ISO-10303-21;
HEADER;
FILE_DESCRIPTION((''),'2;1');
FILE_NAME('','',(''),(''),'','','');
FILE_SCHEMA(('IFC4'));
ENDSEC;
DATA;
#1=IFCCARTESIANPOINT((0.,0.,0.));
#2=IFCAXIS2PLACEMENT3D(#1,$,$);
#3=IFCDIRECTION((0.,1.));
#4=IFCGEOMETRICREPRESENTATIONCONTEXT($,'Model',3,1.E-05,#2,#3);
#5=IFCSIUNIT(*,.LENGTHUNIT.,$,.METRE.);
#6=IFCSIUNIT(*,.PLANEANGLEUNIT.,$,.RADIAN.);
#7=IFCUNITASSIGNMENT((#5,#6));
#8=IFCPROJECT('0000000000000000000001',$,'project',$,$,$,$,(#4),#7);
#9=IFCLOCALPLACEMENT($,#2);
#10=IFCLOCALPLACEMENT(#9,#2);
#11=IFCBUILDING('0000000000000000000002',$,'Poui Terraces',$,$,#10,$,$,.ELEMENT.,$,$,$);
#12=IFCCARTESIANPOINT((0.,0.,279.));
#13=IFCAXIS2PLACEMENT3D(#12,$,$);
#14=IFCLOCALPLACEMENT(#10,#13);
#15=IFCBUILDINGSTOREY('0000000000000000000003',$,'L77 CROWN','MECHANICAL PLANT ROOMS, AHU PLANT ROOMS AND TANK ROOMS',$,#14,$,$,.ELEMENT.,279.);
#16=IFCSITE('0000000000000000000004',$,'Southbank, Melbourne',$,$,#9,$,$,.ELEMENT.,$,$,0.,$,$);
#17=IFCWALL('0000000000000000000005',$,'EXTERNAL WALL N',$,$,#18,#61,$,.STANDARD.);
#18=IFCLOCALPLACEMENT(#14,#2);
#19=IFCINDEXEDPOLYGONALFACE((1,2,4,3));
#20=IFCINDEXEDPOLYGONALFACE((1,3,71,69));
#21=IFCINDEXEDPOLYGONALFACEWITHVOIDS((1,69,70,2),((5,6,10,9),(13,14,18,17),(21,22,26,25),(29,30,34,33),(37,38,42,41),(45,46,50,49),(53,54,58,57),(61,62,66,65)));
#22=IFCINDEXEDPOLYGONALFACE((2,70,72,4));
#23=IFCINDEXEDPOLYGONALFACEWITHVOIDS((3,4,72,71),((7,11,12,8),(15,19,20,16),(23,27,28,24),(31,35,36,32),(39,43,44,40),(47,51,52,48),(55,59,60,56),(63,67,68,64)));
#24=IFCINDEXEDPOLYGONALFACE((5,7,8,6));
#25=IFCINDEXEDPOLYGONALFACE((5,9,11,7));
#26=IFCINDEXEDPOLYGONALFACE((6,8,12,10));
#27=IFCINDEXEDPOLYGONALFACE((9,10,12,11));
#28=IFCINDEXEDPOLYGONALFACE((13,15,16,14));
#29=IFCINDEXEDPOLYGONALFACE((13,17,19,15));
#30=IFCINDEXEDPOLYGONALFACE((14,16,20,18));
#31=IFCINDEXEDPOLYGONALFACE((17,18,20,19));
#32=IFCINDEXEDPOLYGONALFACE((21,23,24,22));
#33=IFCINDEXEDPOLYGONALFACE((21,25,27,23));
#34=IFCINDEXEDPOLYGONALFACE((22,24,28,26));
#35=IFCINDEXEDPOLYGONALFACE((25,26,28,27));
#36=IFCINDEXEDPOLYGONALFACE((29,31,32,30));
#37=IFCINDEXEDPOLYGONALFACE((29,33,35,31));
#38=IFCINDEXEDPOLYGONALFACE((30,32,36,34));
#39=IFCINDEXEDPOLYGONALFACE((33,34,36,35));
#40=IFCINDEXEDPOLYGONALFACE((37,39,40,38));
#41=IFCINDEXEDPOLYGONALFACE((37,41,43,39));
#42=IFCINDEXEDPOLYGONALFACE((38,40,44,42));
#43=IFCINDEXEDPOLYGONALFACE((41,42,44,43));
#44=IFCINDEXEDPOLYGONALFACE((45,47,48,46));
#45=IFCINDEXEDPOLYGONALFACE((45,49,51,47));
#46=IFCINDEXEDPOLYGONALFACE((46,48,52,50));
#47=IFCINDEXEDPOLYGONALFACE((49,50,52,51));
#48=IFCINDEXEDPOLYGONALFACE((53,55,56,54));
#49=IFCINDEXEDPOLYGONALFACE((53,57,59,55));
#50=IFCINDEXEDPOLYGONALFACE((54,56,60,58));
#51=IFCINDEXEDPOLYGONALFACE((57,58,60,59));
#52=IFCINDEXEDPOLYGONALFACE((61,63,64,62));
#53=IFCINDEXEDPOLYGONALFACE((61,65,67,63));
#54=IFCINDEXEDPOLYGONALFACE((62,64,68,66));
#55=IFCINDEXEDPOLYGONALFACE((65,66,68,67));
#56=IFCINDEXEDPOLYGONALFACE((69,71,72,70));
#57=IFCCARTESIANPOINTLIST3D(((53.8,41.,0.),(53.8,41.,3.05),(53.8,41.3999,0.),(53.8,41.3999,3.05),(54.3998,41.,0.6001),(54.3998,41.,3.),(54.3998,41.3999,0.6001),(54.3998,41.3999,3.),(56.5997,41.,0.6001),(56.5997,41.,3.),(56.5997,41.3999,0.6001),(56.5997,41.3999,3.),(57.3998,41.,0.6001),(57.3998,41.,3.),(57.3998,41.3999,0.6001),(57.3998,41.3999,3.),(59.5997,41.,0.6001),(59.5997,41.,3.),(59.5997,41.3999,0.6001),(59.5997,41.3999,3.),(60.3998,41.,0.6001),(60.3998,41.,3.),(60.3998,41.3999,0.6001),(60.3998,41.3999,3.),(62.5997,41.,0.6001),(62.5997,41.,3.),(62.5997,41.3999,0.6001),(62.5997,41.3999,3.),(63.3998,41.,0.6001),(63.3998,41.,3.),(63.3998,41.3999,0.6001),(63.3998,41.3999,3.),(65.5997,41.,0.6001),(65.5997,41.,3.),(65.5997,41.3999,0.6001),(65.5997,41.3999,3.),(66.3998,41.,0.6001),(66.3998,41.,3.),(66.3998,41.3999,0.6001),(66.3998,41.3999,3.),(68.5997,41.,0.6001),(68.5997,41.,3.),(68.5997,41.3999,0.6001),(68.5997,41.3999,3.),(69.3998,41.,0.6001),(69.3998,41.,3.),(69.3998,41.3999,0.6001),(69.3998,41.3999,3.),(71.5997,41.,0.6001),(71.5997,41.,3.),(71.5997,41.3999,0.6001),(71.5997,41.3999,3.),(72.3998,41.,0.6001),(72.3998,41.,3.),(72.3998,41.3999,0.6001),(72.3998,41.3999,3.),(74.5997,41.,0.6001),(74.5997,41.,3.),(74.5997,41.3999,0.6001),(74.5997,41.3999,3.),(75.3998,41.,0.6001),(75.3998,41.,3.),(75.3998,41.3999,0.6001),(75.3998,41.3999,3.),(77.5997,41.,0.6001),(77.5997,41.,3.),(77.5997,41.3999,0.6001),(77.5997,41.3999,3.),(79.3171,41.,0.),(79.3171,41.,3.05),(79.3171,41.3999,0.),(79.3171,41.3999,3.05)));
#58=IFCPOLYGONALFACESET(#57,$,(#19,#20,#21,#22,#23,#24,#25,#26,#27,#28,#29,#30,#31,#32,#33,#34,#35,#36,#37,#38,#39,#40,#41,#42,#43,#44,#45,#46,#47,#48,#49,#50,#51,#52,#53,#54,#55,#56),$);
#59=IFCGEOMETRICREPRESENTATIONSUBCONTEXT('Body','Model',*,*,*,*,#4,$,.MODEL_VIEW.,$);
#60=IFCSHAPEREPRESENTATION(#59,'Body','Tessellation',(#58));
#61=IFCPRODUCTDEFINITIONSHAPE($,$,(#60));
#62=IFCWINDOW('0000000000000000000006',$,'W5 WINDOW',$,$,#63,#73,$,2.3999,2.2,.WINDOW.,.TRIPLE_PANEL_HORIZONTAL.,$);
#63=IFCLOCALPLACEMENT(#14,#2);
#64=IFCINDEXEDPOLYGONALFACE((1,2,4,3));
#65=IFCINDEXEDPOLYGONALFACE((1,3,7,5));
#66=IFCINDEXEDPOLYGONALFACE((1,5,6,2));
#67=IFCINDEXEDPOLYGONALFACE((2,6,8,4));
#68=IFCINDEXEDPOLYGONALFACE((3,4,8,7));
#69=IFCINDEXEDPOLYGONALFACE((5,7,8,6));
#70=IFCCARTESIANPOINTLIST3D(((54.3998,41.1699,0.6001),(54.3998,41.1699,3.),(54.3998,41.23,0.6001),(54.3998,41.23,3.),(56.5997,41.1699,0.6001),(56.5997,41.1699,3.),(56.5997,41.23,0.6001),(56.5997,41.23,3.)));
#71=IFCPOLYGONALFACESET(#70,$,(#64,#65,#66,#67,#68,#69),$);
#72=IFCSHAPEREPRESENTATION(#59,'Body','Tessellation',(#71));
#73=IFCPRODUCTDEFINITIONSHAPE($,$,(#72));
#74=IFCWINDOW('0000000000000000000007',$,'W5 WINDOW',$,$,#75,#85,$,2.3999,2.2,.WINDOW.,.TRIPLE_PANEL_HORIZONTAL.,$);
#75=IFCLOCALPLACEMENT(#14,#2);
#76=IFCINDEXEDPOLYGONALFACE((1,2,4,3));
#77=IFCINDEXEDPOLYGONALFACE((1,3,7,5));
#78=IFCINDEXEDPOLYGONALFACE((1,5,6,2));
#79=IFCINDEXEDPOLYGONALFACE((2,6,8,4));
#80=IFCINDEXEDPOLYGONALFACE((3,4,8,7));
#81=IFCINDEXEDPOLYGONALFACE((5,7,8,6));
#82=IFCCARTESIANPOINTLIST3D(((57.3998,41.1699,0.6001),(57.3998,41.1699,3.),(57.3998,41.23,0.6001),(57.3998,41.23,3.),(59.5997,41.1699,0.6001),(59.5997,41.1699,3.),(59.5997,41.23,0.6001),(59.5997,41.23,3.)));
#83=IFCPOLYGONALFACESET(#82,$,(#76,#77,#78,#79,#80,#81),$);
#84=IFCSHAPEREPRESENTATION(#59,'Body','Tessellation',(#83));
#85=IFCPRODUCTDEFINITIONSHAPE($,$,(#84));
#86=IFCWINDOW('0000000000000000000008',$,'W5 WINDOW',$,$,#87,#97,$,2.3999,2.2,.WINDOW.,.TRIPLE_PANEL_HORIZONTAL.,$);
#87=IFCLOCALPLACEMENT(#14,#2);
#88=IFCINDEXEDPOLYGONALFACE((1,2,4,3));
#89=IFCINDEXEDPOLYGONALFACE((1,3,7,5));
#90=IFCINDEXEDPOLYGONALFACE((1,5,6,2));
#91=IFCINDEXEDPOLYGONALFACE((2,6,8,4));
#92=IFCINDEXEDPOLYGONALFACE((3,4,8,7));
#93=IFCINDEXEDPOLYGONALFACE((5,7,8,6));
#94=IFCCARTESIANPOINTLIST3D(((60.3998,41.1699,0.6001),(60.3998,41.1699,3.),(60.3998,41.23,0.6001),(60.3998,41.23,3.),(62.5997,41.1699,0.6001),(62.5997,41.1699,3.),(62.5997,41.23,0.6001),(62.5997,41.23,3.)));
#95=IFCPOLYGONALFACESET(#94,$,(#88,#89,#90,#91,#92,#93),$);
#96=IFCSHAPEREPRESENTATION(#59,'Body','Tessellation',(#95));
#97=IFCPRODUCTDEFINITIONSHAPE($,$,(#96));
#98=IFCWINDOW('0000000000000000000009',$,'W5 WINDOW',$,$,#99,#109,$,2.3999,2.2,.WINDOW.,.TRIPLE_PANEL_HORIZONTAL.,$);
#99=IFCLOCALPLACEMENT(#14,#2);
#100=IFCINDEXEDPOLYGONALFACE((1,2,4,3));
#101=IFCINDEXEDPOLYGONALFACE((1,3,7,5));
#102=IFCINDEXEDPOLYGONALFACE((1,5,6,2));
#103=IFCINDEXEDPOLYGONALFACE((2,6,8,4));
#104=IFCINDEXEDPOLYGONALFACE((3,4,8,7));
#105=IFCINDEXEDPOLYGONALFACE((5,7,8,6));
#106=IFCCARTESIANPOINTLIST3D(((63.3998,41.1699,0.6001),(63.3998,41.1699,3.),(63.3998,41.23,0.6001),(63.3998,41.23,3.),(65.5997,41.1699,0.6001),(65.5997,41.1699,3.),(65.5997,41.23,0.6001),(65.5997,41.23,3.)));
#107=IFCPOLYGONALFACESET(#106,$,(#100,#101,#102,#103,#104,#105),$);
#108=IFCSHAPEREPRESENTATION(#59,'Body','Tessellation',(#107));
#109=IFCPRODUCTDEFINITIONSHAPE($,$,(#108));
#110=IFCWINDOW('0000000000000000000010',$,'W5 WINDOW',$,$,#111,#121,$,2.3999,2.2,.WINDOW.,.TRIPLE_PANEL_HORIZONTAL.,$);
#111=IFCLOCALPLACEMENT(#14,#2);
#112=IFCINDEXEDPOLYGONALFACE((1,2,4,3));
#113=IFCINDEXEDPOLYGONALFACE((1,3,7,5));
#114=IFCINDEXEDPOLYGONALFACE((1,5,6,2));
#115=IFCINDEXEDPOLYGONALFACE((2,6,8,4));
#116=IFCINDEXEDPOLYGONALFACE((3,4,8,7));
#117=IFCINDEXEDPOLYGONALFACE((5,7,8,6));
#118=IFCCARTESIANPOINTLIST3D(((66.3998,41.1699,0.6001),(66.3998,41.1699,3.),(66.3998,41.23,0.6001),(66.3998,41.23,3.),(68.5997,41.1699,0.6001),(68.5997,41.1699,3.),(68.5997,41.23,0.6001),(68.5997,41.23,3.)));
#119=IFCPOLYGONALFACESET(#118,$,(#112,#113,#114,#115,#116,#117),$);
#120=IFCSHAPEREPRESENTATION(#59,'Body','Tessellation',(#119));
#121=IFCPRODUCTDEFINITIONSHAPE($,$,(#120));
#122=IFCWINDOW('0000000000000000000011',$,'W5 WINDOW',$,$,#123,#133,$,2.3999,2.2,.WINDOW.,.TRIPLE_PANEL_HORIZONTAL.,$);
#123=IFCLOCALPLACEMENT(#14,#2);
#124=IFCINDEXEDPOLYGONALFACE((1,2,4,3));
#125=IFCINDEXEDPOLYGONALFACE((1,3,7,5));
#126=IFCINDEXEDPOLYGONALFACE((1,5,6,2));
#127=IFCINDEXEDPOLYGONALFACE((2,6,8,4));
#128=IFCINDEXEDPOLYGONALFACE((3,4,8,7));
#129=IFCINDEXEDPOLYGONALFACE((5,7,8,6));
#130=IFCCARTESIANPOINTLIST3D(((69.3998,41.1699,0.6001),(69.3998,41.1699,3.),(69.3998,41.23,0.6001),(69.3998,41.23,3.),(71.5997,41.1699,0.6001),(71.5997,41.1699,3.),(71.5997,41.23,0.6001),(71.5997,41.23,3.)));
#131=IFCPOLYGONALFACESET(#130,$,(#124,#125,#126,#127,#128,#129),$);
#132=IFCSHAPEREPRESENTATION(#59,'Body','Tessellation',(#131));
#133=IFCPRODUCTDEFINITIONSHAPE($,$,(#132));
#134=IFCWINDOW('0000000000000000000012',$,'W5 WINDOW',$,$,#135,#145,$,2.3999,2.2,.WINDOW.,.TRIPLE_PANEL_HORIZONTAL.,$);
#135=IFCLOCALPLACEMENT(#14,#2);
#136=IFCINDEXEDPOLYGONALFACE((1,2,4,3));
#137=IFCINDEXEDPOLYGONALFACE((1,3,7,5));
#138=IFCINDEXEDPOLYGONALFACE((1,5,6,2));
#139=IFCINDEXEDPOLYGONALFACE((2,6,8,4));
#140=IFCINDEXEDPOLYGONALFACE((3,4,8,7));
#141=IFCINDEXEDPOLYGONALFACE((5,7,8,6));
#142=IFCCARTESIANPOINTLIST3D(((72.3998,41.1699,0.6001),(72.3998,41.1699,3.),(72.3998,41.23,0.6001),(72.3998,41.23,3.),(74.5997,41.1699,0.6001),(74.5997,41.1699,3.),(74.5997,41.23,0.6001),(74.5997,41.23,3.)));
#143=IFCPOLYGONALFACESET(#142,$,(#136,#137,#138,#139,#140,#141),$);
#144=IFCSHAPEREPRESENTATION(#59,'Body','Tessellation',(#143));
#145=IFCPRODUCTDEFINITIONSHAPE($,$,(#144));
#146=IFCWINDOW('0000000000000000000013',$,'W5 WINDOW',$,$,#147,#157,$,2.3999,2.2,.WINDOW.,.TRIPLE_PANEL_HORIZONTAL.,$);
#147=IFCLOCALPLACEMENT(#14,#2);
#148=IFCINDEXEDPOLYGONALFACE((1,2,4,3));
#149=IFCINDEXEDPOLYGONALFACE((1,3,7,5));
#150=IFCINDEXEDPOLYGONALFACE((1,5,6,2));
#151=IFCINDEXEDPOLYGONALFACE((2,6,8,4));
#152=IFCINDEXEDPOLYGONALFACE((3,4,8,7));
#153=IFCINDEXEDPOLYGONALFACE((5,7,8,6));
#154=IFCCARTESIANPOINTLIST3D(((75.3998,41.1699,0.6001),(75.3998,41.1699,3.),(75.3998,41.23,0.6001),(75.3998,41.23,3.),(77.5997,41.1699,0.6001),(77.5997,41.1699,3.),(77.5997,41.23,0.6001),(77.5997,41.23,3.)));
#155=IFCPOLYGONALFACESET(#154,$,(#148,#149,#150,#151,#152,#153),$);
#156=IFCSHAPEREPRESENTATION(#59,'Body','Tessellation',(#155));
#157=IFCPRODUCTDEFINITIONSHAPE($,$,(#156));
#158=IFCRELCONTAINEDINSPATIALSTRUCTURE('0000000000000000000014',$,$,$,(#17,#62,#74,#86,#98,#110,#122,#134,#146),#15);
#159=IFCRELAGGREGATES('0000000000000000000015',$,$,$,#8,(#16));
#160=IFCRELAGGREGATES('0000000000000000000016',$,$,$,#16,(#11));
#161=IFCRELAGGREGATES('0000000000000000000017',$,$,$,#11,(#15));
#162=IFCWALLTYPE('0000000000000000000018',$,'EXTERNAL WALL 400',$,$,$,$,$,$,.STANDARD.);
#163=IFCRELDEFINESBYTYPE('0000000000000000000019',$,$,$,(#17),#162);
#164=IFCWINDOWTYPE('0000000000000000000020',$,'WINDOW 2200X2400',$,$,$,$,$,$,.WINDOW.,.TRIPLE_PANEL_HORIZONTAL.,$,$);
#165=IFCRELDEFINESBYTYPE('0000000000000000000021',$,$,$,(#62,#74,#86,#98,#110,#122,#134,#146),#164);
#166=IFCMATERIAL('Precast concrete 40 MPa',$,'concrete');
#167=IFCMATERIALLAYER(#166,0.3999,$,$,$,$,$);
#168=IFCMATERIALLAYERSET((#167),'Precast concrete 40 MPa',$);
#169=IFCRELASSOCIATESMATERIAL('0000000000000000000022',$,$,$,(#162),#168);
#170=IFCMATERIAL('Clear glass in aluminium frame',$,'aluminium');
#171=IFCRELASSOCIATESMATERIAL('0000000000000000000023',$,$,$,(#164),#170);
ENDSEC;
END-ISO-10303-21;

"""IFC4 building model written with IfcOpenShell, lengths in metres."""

from ifc_helpers import new_model, si_unit, direction, frame, frame_2d, origin, place, context, subcontext, project, spatial, rectangle, extrude, material, layer, layer_set, type_object, element, fill, save


model = new_model("IFC4")

# Units and contexts
model_context = context("Model", 3, precision=1e-05, world=origin(), true_north=direction((0.0, 1.0)))
body_context = subcontext(model_context, "Body", "Model", "MODEL_VIEW")
ifc_project = project(units=[si_unit("LENGTHUNIT", "METRE"), si_unit("PLANEANGLEUNIT", "RADIAN")], contexts=[model_context])

# Site, building, storey
site_placement = place(None, origin())
site = spatial("IfcSite", under=ifc_project, at=site_placement, Name="Southbank, Melbourne", CompositionType="ELEMENT", RefElevation=0.0)
building_placement = place(site_placement, origin())
building = spatial("IfcBuilding", under=site, at=building_placement, Name="Poui Terraces", CompositionType="ELEMENT")
storey_placement = place(building_placement, frame((0.0, 0.0, 279.0)))
storey = spatial("IfcBuildingStorey", under=building, at=storey_placement, Name="L77 CROWN", Description="MECHANICAL PLANT ROOMS, AHU PLANT ROOMS AND TANK ROOMS", CompositionType="ELEMENT", Elevation=279.0)

# Wall, openings, windows
ifc_material_1 = material(Name="Precast concrete 40 MPa", Category="concrete")
ifc_layer_1 = layer(ifc_material_1, 0.3999)
ifc_layer_set_1 = layer_set([ifc_layer_1], Name="Precast concrete 40 MPa")
wall_type_1 = type_object("IfcWallType", Name="EXTERNAL WALL 400", PredefinedType="STANDARD", material=ifc_layer_set_1)
wall_1_placement = place(storey_placement, frame((79.3171, 41.2, 0.0), z_axis=(0.0, 0.0, 1.0), x_axis=(-1.0, 0.0, 0.0)))
wall_1 = element("IfcWall", 1, at=wall_1_placement, inside=storey, type_object=wall_type_1, Name="EXTERNAL WALL N", PredefinedType="STANDARD", context=body_context, shape_type="SweptSolid", body=[
    extrude(rectangle(XDim=25.5171, YDim=0.3999, at=frame_2d((12.7585, 0.0))), origin(), (0.0, 0.0, 1.0), 3.05),
])
opening_1_placement = place(wall_1_placement, frame((22.7173, 0.0, 0.6001)))
opening_1 = element("IfcOpeningElement", 2, at=opening_1_placement, cuts=wall_1, PredefinedType="OPENING", context=body_context, shape_type="SweptSolid", body=[
    extrude(rectangle(XDim=2.2, YDim=2.3999, at=frame_2d((1.1001, 1.2))), frame((0.0, 0.21, 0.0), z_axis=(0.0, -1.0, 0.0), x_axis=(1.0, 0.0, 0.0)), (0.0, 0.0, 1.0), 0.4199),
])
opening_2_placement = place(wall_1_placement, frame((19.7173, 0.0, 0.6001)))
opening_2 = element("IfcOpeningElement", 3, at=opening_2_placement, cuts=wall_1, PredefinedType="OPENING", context=body_context, shape_type="SweptSolid", body=[
    extrude(rectangle(XDim=2.2, YDim=2.3999, at=frame_2d((1.1001, 1.2))), frame((0.0, 0.21, 0.0), z_axis=(0.0, -1.0, 0.0), x_axis=(1.0, 0.0, 0.0)), (0.0, 0.0, 1.0), 0.4199),
])
opening_3_placement = place(wall_1_placement, frame((16.7173, 0.0, 0.6001)))
opening_3 = element("IfcOpeningElement", 4, at=opening_3_placement, cuts=wall_1, PredefinedType="OPENING", context=body_context, shape_type="SweptSolid", body=[
    extrude(rectangle(XDim=2.2, YDim=2.3999, at=frame_2d((1.1001, 1.2))), frame((0.0, 0.21, 0.0), z_axis=(0.0, -1.0, 0.0), x_axis=(1.0, 0.0, 0.0)), (0.0, 0.0, 1.0), 0.4199),
])
opening_4_placement = place(wall_1_placement, frame((13.7173, 0.0, 0.6001)))
opening_4 = element("IfcOpeningElement", 5, at=opening_4_placement, cuts=wall_1, PredefinedType="OPENING", context=body_context, shape_type="SweptSolid", body=[
    extrude(rectangle(XDim=2.2, YDim=2.3999, at=frame_2d((1.1001, 1.2))), frame((0.0, 0.21, 0.0), z_axis=(0.0, -1.0, 0.0), x_axis=(1.0, 0.0, 0.0)), (0.0, 0.0, 1.0), 0.4199),
])
opening_5_placement = place(wall_1_placement, frame((10.7173, 0.0, 0.6001)))
opening_5 = element("IfcOpeningElement", 6, at=opening_5_placement, cuts=wall_1, PredefinedType="OPENING", context=body_context, shape_type="SweptSolid", body=[
    extrude(rectangle(XDim=2.2, YDim=2.3999, at=frame_2d((1.1001, 1.2))), frame((0.0, 0.21, 0.0), z_axis=(0.0, -1.0, 0.0), x_axis=(1.0, 0.0, 0.0)), (0.0, 0.0, 1.0), 0.4199),
])
opening_6_placement = place(wall_1_placement, frame((7.7173, 0.0, 0.6001)))
opening_6 = element("IfcOpeningElement", 7, at=opening_6_placement, cuts=wall_1, PredefinedType="OPENING", context=body_context, shape_type="SweptSolid", body=[
    extrude(rectangle(XDim=2.2, YDim=2.3999, at=frame_2d((1.1001, 1.2))), frame((0.0, 0.21, 0.0), z_axis=(0.0, -1.0, 0.0), x_axis=(1.0, 0.0, 0.0)), (0.0, 0.0, 1.0), 0.4199),
])
opening_7_placement = place(wall_1_placement, frame((4.7173, 0.0, 0.6001)))
opening_7 = element("IfcOpeningElement", 8, at=opening_7_placement, cuts=wall_1, PredefinedType="OPENING", context=body_context, shape_type="SweptSolid", body=[
    extrude(rectangle(XDim=2.2, YDim=2.3999, at=frame_2d((1.1001, 1.2))), frame((0.0, 0.21, 0.0), z_axis=(0.0, -1.0, 0.0), x_axis=(1.0, 0.0, 0.0)), (0.0, 0.0, 1.0), 0.4199),
])
opening_8_placement = place(wall_1_placement, frame((1.7173, 0.0, 0.6001)))
opening_8 = element("IfcOpeningElement", 9, at=opening_8_placement, cuts=wall_1, PredefinedType="OPENING", context=body_context, shape_type="SweptSolid", body=[
    extrude(rectangle(XDim=2.2, YDim=2.3999, at=frame_2d((1.1001, 1.2))), frame((0.0, 0.21, 0.0), z_axis=(0.0, -1.0, 0.0), x_axis=(1.0, 0.0, 0.0)), (0.0, 0.0, 1.0), 0.4199),
])
ifc_material_2 = material(Name="Clear glass in aluminium frame", Category="aluminium")
window_type = type_object("IfcWindowType", Name="WINDOW 2200X2400", PartitioningType="TRIPLE_PANEL_HORIZONTAL", PredefinedType="WINDOW", material=ifc_material_2)
window_1_placement = place(opening_1_placement, origin())
window_1 = element("IfcWindow", 10, at=window_1_placement, inside=storey, type_object=window_type, Name="W5 WINDOW", OverallHeight=2.3999, OverallWidth=2.2, PartitioningType="TRIPLE_PANEL_HORIZONTAL", PredefinedType="WINDOW", context=body_context, shape_type="SweptSolid", body=[
    extrude(rectangle(XDim=2.2, YDim=2.3999, at=frame_2d((1.1001, 1.2))), frame((0.0, 0.03, 0.0), z_axis=(0.0, -1.0, 0.0), x_axis=(1.0, 0.0, 0.0)), (0.0, 0.0, 1.0), 0.0601),
])
fill(opening_1, window_1)
window_2_placement = place(opening_2_placement, origin())
window_2 = element("IfcWindow", 11, at=window_2_placement, inside=storey, type_object=window_type, Name="W5 WINDOW", OverallHeight=2.3999, OverallWidth=2.2, PartitioningType="TRIPLE_PANEL_HORIZONTAL", PredefinedType="WINDOW", context=body_context, shape_type="SweptSolid", body=[
    extrude(rectangle(XDim=2.2, YDim=2.3999, at=frame_2d((1.1001, 1.2))), frame((0.0, 0.03, 0.0), z_axis=(0.0, -1.0, 0.0), x_axis=(1.0, 0.0, 0.0)), (0.0, 0.0, 1.0), 0.0601),
])
fill(opening_2, window_2)
window_3_placement = place(opening_3_placement, origin())
window_3 = element("IfcWindow", 12, at=window_3_placement, inside=storey, type_object=window_type, Name="W5 WINDOW", OverallHeight=2.3999, OverallWidth=2.2, PartitioningType="TRIPLE_PANEL_HORIZONTAL", PredefinedType="WINDOW", context=body_context, shape_type="SweptSolid", body=[
    extrude(rectangle(XDim=2.2, YDim=2.3999, at=frame_2d((1.1001, 1.2))), frame((0.0, 0.03, 0.0), z_axis=(0.0, -1.0, 0.0), x_axis=(1.0, 0.0, 0.0)), (0.0, 0.0, 1.0), 0.0601),
])
fill(opening_3, window_3)
window_4_placement = place(opening_4_placement, origin())
window_4 = element("IfcWindow", 13, at=window_4_placement, inside=storey, type_object=window_type, Name="W5 WINDOW", OverallHeight=2.3999, OverallWidth=2.2, PartitioningType="TRIPLE_PANEL_HORIZONTAL", PredefinedType="WINDOW", context=body_context, shape_type="SweptSolid", body=[
    extrude(rectangle(XDim=2.2, YDim=2.3999, at=frame_2d((1.1001, 1.2))), frame((0.0, 0.03, 0.0), z_axis=(0.0, -1.0, 0.0), x_axis=(1.0, 0.0, 0.0)), (0.0, 0.0, 1.0), 0.0601),
])
fill(opening_4, window_4)
window_5_placement = place(opening_5_placement, origin())
window_5 = element("IfcWindow", 14, at=window_5_placement, inside=storey, type_object=window_type, Name="W5 WINDOW", OverallHeight=2.3999, OverallWidth=2.2, PartitioningType="TRIPLE_PANEL_HORIZONTAL", PredefinedType="WINDOW", context=body_context, shape_type="SweptSolid", body=[
    extrude(rectangle(XDim=2.2, YDim=2.3999, at=frame_2d((1.1001, 1.2))), frame((0.0, 0.03, 0.0), z_axis=(0.0, -1.0, 0.0), x_axis=(1.0, 0.0, 0.0)), (0.0, 0.0, 1.0), 0.0601),
])
fill(opening_5, window_5)
window_6_placement = place(opening_6_placement, origin())
window_6 = element("IfcWindow", 15, at=window_6_placement, inside=storey, type_object=window_type, Name="W5 WINDOW", OverallHeight=2.3999, OverallWidth=2.2, PartitioningType="TRIPLE_PANEL_HORIZONTAL", PredefinedType="WINDOW", context=body_context, shape_type="SweptSolid", body=[
    extrude(rectangle(XDim=2.2, YDim=2.3999, at=frame_2d((1.1001, 1.2))), frame((0.0, 0.03, 0.0), z_axis=(0.0, -1.0, 0.0), x_axis=(1.0, 0.0, 0.0)), (0.0, 0.0, 1.0), 0.0601),
])
fill(opening_6, window_6)
window_7_placement = place(opening_7_placement, origin())
window_7 = element("IfcWindow", 16, at=window_7_placement, inside=storey, type_object=window_type, Name="W5 WINDOW", OverallHeight=2.3999, OverallWidth=2.2, PartitioningType="TRIPLE_PANEL_HORIZONTAL", PredefinedType="WINDOW", context=body_context, shape_type="SweptSolid", body=[
    extrude(rectangle(XDim=2.2, YDim=2.3999, at=frame_2d((1.1001, 1.2))), frame((0.0, 0.03, 0.0), z_axis=(0.0, -1.0, 0.0), x_axis=(1.0, 0.0, 0.0)), (0.0, 0.0, 1.0), 0.0601),
])
fill(opening_7, window_7)
window_8_placement = place(opening_8_placement, origin())
window_8 = element("IfcWindow", 17, at=window_8_placement, inside=storey, type_object=window_type, Name="W5 WINDOW", OverallHeight=2.3999, OverallWidth=2.2, PartitioningType="TRIPLE_PANEL_HORIZONTAL", PredefinedType="WINDOW", context=body_context, shape_type="SweptSolid", body=[
    extrude(rectangle(XDim=2.2, YDim=2.3999, at=frame_2d((1.1001, 1.2))), frame((0.0, 0.03, 0.0), z_axis=(0.0, -1.0, 0.0), x_axis=(1.0, 0.0, 0.0)), (0.0, 0.0, 1.0), 0.0601),
])
fill(opening_8, window_8)

save(model, "model.ifc")
